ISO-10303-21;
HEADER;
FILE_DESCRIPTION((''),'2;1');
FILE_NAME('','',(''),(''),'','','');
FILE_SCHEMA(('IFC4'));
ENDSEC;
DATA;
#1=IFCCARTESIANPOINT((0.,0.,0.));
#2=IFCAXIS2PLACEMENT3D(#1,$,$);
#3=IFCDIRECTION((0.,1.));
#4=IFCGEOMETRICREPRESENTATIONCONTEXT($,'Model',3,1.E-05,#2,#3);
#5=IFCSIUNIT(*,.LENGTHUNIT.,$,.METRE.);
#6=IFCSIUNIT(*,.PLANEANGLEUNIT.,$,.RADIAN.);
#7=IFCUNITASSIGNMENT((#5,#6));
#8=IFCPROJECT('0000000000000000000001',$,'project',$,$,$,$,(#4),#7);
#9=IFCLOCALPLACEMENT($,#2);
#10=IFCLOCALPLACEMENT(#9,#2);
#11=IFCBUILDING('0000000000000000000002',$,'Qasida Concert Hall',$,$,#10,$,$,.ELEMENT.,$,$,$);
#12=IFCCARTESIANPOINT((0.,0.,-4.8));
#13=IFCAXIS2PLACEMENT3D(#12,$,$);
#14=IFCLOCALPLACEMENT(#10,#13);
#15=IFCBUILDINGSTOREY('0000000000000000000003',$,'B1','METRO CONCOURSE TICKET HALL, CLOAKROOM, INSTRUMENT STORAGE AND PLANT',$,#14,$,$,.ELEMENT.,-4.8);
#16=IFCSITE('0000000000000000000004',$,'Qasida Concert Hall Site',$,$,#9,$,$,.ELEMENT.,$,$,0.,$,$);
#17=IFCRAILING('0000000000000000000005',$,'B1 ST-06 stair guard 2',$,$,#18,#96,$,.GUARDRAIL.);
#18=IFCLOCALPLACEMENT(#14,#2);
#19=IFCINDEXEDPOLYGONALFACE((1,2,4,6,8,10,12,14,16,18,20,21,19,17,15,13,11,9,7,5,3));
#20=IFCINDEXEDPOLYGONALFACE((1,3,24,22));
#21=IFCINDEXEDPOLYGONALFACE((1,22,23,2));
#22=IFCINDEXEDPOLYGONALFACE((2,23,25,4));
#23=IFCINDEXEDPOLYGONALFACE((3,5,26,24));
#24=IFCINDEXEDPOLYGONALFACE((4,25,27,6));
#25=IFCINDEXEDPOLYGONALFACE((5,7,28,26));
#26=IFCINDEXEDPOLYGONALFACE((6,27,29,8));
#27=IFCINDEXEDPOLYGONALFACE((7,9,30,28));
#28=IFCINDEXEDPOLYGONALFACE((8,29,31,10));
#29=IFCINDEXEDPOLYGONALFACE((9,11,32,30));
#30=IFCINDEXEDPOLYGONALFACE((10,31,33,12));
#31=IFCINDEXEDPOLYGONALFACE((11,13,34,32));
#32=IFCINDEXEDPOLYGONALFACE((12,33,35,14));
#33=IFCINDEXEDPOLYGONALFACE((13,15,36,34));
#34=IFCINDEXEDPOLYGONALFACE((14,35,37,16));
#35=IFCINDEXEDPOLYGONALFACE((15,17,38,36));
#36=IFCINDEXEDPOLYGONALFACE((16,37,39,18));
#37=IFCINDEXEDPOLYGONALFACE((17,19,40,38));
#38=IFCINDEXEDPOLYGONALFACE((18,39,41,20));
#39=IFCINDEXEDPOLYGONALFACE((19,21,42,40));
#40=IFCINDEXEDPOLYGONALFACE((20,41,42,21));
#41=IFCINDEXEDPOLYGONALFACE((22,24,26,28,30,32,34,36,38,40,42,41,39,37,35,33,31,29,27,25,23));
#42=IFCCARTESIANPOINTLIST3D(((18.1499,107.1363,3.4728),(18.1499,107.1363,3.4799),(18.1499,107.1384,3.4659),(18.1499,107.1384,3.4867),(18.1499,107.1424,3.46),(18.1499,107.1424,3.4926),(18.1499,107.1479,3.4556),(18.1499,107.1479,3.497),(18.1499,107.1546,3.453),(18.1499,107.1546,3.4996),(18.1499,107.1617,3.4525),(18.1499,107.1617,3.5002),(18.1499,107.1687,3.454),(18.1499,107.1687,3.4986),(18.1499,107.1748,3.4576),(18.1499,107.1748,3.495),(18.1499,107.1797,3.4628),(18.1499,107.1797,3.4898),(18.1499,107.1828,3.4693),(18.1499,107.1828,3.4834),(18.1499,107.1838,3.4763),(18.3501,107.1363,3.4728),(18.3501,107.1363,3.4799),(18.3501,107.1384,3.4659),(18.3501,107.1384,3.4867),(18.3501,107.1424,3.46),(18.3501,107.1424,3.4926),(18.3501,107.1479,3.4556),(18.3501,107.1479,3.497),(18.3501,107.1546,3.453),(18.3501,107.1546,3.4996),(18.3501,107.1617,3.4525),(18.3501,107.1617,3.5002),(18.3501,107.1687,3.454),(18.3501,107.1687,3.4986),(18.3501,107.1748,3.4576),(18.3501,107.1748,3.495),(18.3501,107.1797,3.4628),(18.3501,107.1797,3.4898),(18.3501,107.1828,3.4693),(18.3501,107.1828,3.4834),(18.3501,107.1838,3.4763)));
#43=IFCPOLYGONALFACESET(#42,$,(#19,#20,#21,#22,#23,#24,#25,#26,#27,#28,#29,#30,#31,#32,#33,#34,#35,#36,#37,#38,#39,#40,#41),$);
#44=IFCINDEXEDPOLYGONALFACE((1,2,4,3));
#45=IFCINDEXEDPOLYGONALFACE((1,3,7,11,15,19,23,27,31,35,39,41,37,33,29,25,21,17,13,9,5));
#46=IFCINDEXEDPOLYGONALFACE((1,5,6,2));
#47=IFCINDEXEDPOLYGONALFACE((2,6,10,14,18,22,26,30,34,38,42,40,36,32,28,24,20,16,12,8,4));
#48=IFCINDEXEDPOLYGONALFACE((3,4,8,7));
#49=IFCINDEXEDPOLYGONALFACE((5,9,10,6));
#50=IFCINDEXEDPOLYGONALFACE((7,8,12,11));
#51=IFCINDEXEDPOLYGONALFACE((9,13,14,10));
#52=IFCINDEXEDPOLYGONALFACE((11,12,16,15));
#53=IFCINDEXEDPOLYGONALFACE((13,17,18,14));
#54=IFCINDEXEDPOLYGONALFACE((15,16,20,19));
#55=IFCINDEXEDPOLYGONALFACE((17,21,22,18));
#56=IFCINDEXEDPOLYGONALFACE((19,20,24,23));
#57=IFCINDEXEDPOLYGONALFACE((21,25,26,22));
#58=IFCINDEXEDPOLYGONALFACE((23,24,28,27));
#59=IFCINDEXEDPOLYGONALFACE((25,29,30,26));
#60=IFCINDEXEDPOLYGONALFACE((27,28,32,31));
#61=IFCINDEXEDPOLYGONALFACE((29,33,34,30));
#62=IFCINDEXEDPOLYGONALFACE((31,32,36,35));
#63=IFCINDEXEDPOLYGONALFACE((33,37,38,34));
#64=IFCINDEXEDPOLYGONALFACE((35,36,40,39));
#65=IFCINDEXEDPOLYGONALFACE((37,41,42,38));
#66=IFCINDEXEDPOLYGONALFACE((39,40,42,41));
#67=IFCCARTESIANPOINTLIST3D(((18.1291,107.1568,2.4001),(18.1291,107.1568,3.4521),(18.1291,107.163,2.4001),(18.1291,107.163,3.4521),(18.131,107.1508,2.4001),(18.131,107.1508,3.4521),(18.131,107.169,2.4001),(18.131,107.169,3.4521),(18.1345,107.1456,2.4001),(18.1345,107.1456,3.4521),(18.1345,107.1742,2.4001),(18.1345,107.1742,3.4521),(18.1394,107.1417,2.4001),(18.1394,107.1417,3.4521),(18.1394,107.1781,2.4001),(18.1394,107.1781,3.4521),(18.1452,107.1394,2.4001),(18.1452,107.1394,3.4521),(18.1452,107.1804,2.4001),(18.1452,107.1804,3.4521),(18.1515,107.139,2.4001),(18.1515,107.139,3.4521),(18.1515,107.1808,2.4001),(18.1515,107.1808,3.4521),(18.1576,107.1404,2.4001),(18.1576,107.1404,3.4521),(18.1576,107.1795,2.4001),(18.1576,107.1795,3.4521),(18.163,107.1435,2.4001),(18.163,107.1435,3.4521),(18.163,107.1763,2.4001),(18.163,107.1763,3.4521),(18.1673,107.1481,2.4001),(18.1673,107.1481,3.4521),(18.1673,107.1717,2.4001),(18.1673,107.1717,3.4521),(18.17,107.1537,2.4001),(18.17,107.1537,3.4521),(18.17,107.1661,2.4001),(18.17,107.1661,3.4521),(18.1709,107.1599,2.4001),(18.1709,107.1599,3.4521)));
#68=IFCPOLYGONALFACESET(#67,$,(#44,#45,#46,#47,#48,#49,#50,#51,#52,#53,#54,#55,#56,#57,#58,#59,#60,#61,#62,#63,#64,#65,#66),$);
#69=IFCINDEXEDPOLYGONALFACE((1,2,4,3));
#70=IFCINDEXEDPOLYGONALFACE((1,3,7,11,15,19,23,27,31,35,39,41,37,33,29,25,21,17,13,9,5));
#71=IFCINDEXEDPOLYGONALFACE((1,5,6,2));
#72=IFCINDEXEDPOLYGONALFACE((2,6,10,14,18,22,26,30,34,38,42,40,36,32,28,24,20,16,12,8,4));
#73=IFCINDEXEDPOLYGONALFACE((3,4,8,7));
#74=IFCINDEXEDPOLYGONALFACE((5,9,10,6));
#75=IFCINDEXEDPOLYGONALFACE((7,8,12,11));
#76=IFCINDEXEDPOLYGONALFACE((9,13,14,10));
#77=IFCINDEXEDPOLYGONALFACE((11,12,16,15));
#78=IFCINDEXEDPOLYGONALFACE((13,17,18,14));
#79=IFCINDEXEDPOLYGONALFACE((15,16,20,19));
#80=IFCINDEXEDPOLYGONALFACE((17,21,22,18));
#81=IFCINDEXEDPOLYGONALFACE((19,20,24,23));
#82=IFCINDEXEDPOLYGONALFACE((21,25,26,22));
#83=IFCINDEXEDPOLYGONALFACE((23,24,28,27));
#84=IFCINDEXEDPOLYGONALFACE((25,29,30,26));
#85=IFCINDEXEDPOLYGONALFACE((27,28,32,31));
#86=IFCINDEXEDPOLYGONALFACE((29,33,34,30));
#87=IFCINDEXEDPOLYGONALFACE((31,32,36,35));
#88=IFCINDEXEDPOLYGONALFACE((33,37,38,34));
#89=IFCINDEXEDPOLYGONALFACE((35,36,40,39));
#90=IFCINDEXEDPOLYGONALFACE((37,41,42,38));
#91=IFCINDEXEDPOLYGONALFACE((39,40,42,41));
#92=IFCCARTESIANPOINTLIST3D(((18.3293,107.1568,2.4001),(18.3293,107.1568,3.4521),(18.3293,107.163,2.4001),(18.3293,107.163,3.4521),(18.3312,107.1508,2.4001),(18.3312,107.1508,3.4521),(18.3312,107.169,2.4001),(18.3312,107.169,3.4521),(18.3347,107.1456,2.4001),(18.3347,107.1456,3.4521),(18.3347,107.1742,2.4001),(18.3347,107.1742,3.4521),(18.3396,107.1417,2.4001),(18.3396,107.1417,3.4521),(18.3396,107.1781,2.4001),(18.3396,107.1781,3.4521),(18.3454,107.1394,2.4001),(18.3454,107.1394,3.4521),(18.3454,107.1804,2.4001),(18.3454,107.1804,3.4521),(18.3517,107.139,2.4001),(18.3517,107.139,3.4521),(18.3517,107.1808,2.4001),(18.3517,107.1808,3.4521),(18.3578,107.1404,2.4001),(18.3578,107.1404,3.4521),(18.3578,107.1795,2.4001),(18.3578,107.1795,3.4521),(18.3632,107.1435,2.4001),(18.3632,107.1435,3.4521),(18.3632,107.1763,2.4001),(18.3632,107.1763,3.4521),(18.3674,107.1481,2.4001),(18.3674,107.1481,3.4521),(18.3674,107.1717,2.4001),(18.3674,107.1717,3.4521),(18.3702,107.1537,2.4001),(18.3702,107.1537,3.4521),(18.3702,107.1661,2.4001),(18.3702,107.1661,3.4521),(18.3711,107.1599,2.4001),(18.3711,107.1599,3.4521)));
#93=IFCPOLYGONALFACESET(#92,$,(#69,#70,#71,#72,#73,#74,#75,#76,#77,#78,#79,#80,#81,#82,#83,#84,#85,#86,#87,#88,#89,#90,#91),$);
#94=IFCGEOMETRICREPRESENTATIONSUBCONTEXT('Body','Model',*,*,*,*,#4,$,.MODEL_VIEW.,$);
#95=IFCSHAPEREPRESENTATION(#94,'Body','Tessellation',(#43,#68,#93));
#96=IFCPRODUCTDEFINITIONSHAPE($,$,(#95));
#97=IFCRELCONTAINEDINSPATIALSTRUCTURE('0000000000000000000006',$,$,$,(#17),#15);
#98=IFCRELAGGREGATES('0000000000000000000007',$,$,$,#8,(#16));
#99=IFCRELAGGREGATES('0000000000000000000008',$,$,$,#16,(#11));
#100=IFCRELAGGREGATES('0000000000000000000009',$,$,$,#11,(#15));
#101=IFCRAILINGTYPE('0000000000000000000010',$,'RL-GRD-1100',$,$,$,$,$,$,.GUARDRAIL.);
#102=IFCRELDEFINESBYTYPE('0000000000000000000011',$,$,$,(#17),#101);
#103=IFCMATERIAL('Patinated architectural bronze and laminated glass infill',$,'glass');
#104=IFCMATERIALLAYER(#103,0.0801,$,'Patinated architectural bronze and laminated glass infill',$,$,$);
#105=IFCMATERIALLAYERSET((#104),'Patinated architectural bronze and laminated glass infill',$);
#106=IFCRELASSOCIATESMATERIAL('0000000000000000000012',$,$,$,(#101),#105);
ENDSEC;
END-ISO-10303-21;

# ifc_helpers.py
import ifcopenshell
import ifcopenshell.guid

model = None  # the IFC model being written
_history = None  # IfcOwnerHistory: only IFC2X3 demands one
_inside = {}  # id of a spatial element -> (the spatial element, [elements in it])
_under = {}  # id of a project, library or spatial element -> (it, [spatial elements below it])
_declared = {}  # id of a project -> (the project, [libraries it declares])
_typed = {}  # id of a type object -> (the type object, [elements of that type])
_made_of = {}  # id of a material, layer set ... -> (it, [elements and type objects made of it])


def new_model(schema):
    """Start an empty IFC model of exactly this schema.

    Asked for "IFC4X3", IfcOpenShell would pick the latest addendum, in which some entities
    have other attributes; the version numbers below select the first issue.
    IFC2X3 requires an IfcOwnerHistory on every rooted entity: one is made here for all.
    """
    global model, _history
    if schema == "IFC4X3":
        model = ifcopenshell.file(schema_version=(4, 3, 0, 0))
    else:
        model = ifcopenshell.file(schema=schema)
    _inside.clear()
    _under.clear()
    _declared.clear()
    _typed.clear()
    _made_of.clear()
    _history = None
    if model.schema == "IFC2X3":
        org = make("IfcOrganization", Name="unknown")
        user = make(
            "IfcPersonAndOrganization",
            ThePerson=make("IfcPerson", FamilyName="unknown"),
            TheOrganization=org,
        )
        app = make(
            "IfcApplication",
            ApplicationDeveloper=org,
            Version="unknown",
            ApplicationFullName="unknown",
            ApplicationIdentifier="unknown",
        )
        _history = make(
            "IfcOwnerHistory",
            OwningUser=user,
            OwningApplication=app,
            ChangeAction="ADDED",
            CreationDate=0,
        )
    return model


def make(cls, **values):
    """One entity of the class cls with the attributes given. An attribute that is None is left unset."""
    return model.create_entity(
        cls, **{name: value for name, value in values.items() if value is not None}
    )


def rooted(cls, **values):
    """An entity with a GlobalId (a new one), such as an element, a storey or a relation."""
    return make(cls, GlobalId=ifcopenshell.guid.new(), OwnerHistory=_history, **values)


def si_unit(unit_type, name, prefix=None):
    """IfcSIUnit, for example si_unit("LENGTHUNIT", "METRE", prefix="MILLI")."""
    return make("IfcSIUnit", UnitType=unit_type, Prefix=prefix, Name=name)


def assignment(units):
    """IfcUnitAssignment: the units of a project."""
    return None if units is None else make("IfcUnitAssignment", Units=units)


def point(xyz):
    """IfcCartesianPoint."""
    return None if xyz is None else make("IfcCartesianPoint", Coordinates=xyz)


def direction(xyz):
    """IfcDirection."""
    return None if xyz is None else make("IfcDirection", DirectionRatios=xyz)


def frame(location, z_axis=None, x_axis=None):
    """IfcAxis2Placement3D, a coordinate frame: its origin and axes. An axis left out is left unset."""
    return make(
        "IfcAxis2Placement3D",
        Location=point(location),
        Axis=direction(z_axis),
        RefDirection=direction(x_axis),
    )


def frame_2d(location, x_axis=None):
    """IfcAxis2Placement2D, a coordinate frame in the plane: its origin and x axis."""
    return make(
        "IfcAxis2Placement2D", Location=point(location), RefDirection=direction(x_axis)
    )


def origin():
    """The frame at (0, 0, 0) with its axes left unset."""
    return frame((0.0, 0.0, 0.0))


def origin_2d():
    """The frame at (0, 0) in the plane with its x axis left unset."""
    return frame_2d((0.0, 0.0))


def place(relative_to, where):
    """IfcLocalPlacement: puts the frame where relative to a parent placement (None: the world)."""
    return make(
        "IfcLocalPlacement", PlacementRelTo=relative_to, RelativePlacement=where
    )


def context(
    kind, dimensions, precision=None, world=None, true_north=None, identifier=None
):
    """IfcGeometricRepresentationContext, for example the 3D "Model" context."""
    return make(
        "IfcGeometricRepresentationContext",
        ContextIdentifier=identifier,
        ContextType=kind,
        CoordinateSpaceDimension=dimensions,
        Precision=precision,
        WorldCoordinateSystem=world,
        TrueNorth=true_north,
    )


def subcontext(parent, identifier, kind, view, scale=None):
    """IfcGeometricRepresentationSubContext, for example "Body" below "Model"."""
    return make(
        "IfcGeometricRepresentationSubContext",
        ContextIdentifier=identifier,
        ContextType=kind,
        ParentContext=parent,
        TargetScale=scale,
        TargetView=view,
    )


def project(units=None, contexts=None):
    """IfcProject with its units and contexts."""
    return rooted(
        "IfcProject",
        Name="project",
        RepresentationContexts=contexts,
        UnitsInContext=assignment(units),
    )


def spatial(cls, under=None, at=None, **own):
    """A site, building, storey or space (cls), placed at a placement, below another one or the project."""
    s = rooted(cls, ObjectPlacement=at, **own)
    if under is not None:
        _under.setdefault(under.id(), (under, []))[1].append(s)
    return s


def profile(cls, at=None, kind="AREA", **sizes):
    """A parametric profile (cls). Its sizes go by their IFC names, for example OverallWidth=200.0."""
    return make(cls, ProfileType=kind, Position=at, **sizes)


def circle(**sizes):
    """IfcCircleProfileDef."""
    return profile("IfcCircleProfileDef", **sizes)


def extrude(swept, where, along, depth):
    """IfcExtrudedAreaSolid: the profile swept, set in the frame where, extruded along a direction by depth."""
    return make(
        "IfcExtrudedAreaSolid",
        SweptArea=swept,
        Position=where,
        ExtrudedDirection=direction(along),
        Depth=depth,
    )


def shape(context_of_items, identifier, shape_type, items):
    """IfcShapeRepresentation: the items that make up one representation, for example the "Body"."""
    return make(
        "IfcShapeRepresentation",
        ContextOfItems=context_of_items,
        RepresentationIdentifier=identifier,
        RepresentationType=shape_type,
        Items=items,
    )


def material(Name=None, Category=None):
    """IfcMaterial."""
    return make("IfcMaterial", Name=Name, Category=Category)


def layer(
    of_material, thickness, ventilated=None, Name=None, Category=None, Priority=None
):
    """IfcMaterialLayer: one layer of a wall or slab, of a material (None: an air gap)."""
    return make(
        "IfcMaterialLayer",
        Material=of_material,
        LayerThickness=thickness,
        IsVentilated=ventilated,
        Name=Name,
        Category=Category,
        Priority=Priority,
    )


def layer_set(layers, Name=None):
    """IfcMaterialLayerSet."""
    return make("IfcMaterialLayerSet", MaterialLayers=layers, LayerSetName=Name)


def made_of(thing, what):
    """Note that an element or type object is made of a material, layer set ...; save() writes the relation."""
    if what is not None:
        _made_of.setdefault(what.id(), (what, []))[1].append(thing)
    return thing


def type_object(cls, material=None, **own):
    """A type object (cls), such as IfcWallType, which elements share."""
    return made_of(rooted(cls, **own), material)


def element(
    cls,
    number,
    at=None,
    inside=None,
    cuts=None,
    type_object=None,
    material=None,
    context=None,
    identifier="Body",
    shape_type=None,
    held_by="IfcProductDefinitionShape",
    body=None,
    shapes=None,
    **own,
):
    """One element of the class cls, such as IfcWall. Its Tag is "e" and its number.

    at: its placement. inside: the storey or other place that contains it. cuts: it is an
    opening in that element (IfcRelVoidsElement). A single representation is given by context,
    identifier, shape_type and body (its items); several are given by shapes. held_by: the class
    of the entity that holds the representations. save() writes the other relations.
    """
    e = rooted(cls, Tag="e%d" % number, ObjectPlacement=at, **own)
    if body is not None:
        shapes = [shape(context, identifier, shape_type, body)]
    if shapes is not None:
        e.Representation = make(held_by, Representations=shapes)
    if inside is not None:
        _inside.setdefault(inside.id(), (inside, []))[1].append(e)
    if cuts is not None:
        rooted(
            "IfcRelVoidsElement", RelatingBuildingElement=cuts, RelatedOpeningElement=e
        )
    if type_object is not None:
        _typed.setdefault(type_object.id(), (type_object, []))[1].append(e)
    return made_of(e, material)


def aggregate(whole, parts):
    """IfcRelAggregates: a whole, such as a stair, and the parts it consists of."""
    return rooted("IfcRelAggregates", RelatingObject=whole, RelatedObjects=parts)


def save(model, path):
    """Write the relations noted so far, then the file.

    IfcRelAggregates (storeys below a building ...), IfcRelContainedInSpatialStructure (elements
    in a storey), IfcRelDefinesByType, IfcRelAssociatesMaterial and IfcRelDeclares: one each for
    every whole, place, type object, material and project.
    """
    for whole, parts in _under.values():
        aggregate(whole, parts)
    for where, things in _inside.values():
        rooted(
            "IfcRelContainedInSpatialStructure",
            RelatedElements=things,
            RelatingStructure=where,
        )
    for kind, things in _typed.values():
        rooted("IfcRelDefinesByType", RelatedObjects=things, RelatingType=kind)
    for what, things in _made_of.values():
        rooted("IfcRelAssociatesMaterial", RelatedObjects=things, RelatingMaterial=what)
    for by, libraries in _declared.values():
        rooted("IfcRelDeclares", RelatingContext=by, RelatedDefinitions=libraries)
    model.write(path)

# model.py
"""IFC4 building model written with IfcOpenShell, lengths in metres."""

from ifc_helpers import new_model, si_unit, direction, frame, origin, origin_2d, place, context, subcontext, project, spatial, circle, extrude, material, layer, layer_set, type_object, element, save


model = new_model("IFC4")

# Units and contexts
model_context = context("Model", 3, precision=1e-05, world=origin(), true_north=direction((0.0, 1.0)))
body_context = subcontext(model_context, "Body", "Model", "MODEL_VIEW")
ifc_project = project(units=[si_unit("LENGTHUNIT", "METRE"), si_unit("PLANEANGLEUNIT", "RADIAN")], contexts=[model_context])

# Site, building, storey
site_placement = place(None, origin())
site = spatial("IfcSite", under=ifc_project, at=site_placement, Name="Qasida Concert Hall Site", CompositionType="ELEMENT", RefElevation=0.0)
building_placement = place(site_placement, origin())
building = spatial("IfcBuilding", under=site, at=building_placement, Name="Qasida Concert Hall", CompositionType="ELEMENT")
storey_placement = place(building_placement, frame((0.0, 0.0, -4.8)))
storey = spatial("IfcBuildingStorey", under=building, at=storey_placement, Name="B1", Description="METRO CONCOURSE TICKET HALL, CLOAKROOM, INSTRUMENT STORAGE AND PLANT", CompositionType="ELEMENT", Elevation=-4.8)

# Railing
ifc_material_1 = material(Name="Patinated architectural bronze and laminated glass infill", Category="glass")
ifc_layer_1 = layer(ifc_material_1, 0.0801, Name="Patinated architectural bronze and laminated glass infill")
ifc_layer_set_1 = layer_set([ifc_layer_1], Name="Patinated architectural bronze and laminated glass infill")
railing_type_1 = type_object("IfcRailingType", Name="RL-GRD-1100", PredefinedType="GUARDRAIL", material=ifc_layer_set_1)
railing_1_placement = place(storey_placement, frame((18.1499, 107.1599, 2.4001)))
element("IfcRailing", 1, at=railing_1_placement, inside=storey, type_object=railing_type_1, Name="B1 ST-06 stair guard 2", PredefinedType="GUARDRAIL", context=body_context, shape_type="SweptSolid", body=[
    extrude(circle(Radius=0.0239, at=origin_2d()), frame((0.0, 0.0, 1.0762), z_axis=(1.0, 0.0, 0.0), x_axis=(0.0, 1.0, 0.0)), (0.0, 0.0, 1.0), 0.2002),
    extrude(circle(Radius=0.021, at=origin_2d()), origin(), (0.0, 0.0, 1.0), 1.052),
    extrude(circle(Radius=0.021, at=origin_2d()), frame((0.2002, 0.0, 0.0)), (0.0, 0.0, 1.0), 1.052),
])

save(model, "model.ifc")
